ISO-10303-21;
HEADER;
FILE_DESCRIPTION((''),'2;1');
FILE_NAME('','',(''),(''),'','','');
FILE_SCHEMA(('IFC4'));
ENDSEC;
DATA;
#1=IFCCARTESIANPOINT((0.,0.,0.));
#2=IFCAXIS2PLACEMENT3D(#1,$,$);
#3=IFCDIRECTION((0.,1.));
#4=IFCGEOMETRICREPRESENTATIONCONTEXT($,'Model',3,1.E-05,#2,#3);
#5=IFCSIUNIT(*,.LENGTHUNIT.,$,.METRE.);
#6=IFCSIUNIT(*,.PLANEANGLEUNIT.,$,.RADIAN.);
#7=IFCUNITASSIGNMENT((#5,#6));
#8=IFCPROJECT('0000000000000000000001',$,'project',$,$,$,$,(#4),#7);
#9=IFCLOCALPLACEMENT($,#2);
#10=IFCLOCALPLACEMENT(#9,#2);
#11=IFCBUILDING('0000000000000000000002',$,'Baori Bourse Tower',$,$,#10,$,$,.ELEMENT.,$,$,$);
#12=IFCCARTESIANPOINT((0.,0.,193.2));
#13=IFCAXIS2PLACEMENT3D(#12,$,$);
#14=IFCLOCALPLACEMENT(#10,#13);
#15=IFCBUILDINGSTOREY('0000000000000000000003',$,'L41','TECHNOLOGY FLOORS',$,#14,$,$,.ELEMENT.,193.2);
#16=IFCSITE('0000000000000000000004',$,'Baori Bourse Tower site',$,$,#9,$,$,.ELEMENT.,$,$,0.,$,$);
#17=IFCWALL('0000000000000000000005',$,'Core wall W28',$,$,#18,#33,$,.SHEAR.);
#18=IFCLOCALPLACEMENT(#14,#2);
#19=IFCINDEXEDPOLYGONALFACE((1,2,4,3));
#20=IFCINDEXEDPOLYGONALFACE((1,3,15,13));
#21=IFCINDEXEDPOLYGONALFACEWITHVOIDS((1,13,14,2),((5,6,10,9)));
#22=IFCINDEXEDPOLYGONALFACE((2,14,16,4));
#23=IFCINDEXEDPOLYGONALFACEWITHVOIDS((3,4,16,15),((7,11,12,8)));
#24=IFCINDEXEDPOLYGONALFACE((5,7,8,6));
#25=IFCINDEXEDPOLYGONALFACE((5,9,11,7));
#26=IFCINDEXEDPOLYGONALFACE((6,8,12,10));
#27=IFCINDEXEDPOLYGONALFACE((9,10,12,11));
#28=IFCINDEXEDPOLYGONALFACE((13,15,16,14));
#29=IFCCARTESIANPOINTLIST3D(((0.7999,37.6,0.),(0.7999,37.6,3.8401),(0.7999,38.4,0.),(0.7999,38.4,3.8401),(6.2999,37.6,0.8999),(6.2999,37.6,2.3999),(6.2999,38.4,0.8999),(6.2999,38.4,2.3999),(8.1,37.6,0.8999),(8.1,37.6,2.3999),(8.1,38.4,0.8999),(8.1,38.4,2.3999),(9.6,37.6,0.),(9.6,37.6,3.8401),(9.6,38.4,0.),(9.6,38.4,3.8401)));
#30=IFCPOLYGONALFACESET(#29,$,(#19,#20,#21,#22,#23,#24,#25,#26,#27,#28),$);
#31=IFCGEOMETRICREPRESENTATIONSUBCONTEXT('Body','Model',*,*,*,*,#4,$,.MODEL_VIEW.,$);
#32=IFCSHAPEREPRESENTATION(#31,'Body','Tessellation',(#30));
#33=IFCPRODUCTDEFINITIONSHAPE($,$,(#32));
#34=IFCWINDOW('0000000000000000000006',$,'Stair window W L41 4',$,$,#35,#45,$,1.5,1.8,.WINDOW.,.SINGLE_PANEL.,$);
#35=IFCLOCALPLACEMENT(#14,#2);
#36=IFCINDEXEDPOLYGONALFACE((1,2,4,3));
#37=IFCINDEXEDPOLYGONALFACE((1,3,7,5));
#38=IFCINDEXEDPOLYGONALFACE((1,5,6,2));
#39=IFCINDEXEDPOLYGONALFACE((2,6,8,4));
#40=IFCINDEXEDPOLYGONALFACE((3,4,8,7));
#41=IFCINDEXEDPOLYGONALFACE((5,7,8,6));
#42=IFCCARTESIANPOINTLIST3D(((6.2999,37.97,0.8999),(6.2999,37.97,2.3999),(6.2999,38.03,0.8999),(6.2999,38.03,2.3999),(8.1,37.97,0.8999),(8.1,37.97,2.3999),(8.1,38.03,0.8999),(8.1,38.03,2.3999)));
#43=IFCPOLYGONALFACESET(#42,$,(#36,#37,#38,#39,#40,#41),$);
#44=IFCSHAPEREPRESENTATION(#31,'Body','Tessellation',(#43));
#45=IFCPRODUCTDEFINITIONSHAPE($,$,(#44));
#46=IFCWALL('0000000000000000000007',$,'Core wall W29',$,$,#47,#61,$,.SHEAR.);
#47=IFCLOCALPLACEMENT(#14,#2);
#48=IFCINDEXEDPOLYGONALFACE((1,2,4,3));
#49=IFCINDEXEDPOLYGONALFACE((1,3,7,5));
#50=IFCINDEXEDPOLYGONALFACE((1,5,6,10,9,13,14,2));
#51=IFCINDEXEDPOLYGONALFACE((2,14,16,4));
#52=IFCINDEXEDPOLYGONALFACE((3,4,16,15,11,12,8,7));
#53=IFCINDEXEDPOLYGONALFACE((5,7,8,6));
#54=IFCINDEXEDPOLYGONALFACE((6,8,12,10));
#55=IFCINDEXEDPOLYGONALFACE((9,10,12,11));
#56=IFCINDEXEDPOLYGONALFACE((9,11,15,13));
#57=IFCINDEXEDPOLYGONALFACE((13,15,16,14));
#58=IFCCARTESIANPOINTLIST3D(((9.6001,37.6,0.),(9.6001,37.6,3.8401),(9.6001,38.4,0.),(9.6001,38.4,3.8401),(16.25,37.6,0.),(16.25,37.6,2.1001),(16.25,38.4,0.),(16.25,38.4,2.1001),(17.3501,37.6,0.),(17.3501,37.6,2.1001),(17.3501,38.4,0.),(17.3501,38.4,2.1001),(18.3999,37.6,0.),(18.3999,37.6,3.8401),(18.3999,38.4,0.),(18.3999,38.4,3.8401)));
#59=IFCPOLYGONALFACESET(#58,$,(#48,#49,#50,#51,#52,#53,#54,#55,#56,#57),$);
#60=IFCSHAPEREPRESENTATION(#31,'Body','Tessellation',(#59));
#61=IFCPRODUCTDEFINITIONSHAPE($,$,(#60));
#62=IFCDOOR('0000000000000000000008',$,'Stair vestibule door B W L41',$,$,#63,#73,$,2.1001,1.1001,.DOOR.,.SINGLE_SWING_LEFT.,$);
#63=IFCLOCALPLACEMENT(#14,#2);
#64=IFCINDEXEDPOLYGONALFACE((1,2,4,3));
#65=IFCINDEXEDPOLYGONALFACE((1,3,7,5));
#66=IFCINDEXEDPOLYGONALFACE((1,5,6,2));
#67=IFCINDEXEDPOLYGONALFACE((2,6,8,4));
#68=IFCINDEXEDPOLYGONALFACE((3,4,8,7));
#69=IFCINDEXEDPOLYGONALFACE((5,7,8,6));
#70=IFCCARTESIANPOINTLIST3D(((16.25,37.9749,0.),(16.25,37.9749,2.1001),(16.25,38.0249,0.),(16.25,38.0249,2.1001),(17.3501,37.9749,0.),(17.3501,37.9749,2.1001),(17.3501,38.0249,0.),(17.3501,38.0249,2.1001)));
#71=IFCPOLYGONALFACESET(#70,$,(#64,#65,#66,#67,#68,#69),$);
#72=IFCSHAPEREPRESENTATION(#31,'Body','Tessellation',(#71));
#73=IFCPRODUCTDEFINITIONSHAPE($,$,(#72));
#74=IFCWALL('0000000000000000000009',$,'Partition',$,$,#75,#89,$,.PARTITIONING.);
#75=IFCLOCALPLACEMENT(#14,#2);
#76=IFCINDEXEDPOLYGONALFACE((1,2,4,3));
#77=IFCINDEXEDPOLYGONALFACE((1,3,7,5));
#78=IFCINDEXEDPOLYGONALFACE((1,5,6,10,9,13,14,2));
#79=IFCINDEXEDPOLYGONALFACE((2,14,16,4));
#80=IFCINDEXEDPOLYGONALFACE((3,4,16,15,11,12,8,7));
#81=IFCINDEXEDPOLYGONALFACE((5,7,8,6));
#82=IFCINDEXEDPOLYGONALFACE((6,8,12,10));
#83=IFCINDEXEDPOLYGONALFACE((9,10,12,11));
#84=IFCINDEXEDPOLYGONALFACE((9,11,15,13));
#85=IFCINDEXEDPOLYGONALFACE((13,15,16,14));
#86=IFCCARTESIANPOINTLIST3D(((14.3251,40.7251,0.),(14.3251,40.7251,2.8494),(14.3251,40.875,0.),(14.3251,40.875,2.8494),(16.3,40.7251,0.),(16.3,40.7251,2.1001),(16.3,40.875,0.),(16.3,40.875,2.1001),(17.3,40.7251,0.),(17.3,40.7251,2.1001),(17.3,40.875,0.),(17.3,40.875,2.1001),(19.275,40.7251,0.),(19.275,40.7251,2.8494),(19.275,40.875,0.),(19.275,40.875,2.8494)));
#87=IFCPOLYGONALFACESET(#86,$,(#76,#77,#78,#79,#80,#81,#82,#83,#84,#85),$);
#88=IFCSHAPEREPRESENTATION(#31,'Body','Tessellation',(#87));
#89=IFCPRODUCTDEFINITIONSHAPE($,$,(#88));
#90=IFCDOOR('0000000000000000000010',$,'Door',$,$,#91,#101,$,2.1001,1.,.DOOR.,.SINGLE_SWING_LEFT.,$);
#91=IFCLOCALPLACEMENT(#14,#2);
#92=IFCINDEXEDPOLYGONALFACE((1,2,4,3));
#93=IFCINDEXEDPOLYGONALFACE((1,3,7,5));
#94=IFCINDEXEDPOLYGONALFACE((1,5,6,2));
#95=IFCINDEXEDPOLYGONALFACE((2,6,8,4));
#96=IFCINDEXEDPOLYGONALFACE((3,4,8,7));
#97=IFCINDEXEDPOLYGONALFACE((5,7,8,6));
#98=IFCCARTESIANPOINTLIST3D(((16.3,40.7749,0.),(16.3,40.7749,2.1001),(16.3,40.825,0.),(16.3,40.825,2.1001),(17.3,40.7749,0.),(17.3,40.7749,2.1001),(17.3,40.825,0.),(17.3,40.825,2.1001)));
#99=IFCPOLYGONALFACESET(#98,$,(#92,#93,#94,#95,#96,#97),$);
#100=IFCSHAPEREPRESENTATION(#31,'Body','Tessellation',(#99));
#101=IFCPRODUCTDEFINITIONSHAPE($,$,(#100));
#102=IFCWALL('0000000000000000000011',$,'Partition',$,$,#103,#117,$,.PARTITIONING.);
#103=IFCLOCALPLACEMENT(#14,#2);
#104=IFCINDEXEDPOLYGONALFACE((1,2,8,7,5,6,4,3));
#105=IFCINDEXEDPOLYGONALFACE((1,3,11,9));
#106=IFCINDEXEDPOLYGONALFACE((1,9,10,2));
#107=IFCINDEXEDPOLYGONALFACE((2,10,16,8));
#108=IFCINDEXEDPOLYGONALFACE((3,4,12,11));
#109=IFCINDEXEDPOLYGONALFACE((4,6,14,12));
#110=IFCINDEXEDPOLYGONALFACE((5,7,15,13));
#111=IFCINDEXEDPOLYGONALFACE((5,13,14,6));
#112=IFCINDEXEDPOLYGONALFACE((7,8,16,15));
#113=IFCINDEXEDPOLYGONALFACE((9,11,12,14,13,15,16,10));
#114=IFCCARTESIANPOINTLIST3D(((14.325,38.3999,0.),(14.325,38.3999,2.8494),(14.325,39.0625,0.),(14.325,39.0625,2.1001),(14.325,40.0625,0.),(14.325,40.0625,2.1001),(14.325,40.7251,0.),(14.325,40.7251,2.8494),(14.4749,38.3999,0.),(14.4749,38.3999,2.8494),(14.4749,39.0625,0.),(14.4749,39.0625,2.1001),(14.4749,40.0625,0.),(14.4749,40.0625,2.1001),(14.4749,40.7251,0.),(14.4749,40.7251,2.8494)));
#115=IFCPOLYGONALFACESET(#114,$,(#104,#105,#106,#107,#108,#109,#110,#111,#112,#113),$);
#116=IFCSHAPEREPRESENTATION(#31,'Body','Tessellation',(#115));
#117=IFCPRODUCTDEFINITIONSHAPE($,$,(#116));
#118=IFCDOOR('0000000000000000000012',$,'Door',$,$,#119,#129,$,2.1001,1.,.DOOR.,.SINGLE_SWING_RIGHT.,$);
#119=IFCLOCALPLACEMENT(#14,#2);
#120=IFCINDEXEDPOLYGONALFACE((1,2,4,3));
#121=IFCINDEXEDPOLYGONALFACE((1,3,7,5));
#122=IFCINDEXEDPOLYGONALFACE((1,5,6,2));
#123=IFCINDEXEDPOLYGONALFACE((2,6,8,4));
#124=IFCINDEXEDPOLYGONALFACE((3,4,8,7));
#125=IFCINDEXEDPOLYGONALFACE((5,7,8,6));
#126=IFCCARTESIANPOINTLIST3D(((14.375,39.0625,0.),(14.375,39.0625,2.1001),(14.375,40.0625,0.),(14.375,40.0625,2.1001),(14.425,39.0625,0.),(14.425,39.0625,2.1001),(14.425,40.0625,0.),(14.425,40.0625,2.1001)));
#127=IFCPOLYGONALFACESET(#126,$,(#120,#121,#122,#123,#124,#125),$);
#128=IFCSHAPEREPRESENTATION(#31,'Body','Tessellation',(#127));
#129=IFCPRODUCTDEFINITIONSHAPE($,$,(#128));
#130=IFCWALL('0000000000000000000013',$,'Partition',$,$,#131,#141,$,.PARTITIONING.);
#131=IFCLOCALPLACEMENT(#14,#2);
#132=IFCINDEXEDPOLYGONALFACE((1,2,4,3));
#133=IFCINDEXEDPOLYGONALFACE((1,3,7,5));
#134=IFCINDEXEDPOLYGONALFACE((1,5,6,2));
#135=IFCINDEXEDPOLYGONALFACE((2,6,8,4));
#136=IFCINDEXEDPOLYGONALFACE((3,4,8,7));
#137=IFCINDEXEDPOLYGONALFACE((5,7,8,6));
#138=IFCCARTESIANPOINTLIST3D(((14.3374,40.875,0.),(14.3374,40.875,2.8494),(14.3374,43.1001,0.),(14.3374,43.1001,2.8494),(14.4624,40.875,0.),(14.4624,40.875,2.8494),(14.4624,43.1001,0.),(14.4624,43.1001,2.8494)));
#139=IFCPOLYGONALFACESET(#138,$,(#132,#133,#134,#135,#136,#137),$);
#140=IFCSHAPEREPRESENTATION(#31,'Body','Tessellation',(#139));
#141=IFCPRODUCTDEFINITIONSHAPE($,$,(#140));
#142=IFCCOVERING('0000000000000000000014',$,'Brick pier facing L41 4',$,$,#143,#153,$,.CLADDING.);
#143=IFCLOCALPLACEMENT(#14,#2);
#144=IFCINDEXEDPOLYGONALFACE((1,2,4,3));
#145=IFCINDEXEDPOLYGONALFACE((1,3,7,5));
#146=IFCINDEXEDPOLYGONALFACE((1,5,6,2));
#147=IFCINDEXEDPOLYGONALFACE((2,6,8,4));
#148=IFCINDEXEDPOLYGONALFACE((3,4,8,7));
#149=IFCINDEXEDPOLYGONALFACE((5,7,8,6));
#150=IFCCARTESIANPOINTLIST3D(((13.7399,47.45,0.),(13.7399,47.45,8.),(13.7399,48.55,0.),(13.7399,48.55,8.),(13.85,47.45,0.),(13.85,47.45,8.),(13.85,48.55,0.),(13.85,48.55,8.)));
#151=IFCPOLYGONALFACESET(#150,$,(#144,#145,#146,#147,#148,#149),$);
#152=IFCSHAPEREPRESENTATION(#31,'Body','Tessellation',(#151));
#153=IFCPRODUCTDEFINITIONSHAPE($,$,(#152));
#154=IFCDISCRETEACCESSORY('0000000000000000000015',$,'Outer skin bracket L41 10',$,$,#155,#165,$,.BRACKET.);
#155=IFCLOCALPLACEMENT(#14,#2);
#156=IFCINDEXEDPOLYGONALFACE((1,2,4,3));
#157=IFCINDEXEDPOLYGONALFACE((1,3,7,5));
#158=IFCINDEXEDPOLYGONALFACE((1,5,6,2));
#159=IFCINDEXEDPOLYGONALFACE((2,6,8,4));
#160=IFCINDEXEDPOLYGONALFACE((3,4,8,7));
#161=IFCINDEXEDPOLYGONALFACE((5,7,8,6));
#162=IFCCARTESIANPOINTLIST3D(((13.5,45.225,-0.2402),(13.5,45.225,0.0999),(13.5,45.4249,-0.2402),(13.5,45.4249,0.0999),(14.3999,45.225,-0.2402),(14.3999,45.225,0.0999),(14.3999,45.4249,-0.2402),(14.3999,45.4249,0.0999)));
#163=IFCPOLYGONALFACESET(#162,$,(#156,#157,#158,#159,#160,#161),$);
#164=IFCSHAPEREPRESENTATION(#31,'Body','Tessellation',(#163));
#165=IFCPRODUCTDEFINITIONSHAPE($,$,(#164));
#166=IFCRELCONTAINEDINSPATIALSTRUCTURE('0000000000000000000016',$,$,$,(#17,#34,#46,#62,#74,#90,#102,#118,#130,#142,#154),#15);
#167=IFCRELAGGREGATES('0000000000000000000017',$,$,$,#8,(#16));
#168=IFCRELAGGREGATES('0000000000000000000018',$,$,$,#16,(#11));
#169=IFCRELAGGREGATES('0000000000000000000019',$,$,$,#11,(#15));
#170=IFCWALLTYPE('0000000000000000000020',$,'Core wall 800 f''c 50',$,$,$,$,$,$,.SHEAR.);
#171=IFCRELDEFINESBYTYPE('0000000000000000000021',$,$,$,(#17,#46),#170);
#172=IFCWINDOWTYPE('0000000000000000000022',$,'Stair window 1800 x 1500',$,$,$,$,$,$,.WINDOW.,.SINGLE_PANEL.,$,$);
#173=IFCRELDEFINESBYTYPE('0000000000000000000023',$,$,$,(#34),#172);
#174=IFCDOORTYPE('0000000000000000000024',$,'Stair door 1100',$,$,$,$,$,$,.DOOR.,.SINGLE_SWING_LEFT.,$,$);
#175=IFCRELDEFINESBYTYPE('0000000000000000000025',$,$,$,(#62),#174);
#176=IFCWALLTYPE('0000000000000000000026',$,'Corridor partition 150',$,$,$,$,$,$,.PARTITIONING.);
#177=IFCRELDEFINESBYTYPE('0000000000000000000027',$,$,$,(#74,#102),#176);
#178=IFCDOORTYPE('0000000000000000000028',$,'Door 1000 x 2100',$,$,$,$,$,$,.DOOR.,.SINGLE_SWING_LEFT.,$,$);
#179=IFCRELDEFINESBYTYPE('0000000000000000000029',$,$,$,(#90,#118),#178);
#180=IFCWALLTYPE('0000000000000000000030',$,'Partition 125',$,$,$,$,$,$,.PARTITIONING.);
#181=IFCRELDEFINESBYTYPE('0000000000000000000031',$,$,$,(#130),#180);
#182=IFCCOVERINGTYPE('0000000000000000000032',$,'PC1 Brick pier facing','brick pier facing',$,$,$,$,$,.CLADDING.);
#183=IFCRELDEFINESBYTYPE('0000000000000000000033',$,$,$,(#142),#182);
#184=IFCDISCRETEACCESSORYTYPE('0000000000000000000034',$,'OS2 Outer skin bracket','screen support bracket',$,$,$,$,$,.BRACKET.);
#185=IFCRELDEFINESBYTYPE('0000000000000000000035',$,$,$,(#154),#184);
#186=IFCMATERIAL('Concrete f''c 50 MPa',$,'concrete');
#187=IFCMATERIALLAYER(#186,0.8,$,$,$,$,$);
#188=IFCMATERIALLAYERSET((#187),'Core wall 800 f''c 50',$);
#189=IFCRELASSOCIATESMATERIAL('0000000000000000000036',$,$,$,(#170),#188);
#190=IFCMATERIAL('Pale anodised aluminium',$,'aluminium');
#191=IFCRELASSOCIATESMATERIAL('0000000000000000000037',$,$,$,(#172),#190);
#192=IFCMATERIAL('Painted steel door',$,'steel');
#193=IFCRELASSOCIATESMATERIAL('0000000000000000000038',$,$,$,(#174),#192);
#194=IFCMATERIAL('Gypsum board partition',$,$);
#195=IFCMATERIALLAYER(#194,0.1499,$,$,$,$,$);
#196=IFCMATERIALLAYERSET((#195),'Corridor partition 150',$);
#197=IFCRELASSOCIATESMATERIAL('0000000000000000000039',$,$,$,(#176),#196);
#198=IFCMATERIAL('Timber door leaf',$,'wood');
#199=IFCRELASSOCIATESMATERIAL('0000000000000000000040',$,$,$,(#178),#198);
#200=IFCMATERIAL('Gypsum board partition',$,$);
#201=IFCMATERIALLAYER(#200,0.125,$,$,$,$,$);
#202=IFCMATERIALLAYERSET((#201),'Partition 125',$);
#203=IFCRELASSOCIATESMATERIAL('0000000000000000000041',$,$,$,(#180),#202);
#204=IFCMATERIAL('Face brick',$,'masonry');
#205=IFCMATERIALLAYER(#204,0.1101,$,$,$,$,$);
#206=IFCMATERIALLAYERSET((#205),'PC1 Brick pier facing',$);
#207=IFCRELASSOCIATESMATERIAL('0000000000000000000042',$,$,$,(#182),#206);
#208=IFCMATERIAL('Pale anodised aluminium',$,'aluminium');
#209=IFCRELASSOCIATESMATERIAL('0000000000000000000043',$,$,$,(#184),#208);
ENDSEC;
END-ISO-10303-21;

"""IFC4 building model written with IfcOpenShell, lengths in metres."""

from ifc_helpers import new_model, si_unit, direction, frame, frame_2d, origin, origin_2d, place, context, subcontext, project, spatial, rectangle, extrude, material, layer, layer_set, type_object, element, fill, save


model = new_model("IFC4")

# Units and contexts
model_context = context("Model", 3, precision=1e-05, world=origin(), true_north=direction((0.0, 1.0)))
body_context = subcontext(model_context, "Body", "Model", "MODEL_VIEW")
ifc_project = project(units=[si_unit("LENGTHUNIT", "METRE"), si_unit("PLANEANGLEUNIT", "RADIAN")], contexts=[model_context])

# Site, building, storey
site_placement = place(None, origin())
site = spatial("IfcSite", under=ifc_project, at=site_placement, Name="Baori Bourse Tower site", CompositionType="ELEMENT", RefElevation=0.0)
building_placement = place(site_placement, origin())
building = spatial("IfcBuilding", under=site, at=building_placement, Name="Baori Bourse Tower", CompositionType="ELEMENT")
storey_placement = place(building_placement, frame((0.0, 0.0, 193.2)))
storey = spatial("IfcBuildingStorey", under=building, at=storey_placement, Name="L41", Description="TECHNOLOGY FLOORS", CompositionType="ELEMENT", Elevation=193.2)

# Wall, opening, window
ifc_material_1 = material(Name="Concrete f'c 50 MPa", Category="concrete")
ifc_layer_1 = layer(ifc_material_1, 0.8)
ifc_layer_set_1 = layer_set([ifc_layer_1], Name="Core wall 800 f'c 50")
wall_type_1 = type_object("IfcWallType", Name="Core wall 800 f'c 50", PredefinedType="SHEAR", material=ifc_layer_set_1)
wall_1_placement = place(storey_placement, frame((0.8, 38.0, 0.0), z_axis=(0.0, 0.0, 1.0), x_axis=(1.0, 0.0, 0.0)))
wall_1 = element("IfcWall", 1, at=wall_1_placement, inside=storey, type_object=wall_type_1, Name="Core wall W28", PredefinedType="SHEAR", context=body_context, shape_type="SweptSolid", body=[
    extrude(rectangle(XDim=8.8, YDim=0.8, at=frame_2d((4.3999, 0.0))), origin(), (0.0, 0.0, 1.0), 3.8401),
])
opening_1_placement = place(wall_1_placement, frame((5.5, 0.0, 0.8999)))
opening_1 = element("IfcOpeningElement", 2, at=opening_1_placement, cuts=wall_1, PredefinedType="OPENING", context=body_context, shape_type="SweptSolid", body=[
    extrude(rectangle(XDim=1.8, YDim=1.5, at=frame_2d((0.8999, 0.75))), frame((0.0, 0.4099, 0.0), z_axis=(0.0, -1.0, 0.0), x_axis=(1.0, 0.0, 0.0)), (0.0, 0.0, 1.0), 0.8201),
])
ifc_material_2 = material(Name="Pale anodised aluminium", Category="aluminium")
window_type = type_object("IfcWindowType", Name="Stair window 1800 x 1500", PartitioningType="SINGLE_PANEL", PredefinedType="WINDOW", material=ifc_material_2)
window_placement = place(opening_1_placement, origin())
window = element("IfcWindow", 3, at=window_placement, inside=storey, type_object=window_type, Name="Stair window W L41 4", OverallHeight=1.5, OverallWidth=1.8, PartitioningType="SINGLE_PANEL", PredefinedType="WINDOW", context=body_context, shape_type="SweptSolid", body=[
    extrude(rectangle(XDim=1.8, YDim=1.5, at=frame_2d((0.8999, 0.75))), frame((0.0, 0.03, 0.0), z_axis=(0.0, -1.0, 0.0), x_axis=(1.0, 0.0, 0.0)), (0.0, 0.0, 1.0), 0.0601),
])
fill(opening_1, window)

# Walls, openings, doors
wall_2_placement = place(storey_placement, frame((9.6001, 38.0, 0.0), z_axis=(0.0, 0.0, 1.0), x_axis=(1.0, 0.0, 0.0)))
wall_2 = element("IfcWall", 4, at=wall_2_placement, inside=storey, type_object=wall_type_1, Name="Core wall W29", PredefinedType="SHEAR", context=body_context, shape_type="SweptSolid", body=[
    extrude(rectangle(XDim=8.7998, YDim=0.8, at=frame_2d((4.3999, 0.0))), origin(), (0.0, 0.0, 1.0), 3.8401),
])
opening_2_placement = place(wall_2_placement, frame((6.6499, 0.0, 0.0)))
opening_2 = element("IfcOpeningElement", 5, at=opening_2_placement, cuts=wall_2, PredefinedType="OPENING", context=body_context, shape_type="SweptSolid", body=[
    extrude(rectangle(XDim=1.1001, YDim=2.1001, at=frame_2d((0.55, 1.05))), frame((0.0, 0.4099, 0.0), z_axis=(0.0, -1.0, 0.0), x_axis=(1.0, 0.0, 0.0)), (0.0, 0.0, 1.0), 0.8201),
])
ifc_material_3 = material(Name="Painted steel door", Category="steel")
door_type_1 = type_object("IfcDoorType", Name="Stair door 1100", OperationType="SINGLE_SWING_LEFT", PredefinedType="DOOR", material=ifc_material_3)
door_1_placement = place(opening_2_placement, origin())
door_1 = element("IfcDoor", 6, at=door_1_placement, inside=storey, type_object=door_type_1, Name="Stair vestibule door B W L41", OperationType="SINGLE_SWING_LEFT", OverallHeight=2.1001, OverallWidth=1.1001, PredefinedType="DOOR", context=body_context, shape_type="SweptSolid", body=[
    extrude(rectangle(XDim=1.1001, YDim=2.1001, at=frame_2d((0.55, 1.05))), frame((0.0, 0.0249, 0.0), z_axis=(0.0, -1.0, 0.0), x_axis=(1.0, 0.0, 0.0)), (0.0, 0.0, 1.0), 0.05),
])
fill(opening_2, door_1)
ifc_material_4 = material(Name="Gypsum board partition")
ifc_layer_2 = layer(ifc_material_4, 0.1499)
ifc_layer_set_2 = layer_set([ifc_layer_2], Name="Corridor partition 150")
wall_type_2 = type_object("IfcWallType", Name="Corridor partition 150", PredefinedType="PARTITIONING", material=ifc_layer_set_2)
wall_3_placement = place(storey_placement, frame((14.325, 40.8, 0.0), z_axis=(0.0, 0.0, 1.0), x_axis=(1.0, 0.0, 0.0)))
wall_3 = element("IfcWall", 7, at=wall_3_placement, inside=storey, type_object=wall_type_2, Name="Partition", PredefinedType="PARTITIONING", context=body_context, shape_type="SweptSolid", body=[
    extrude(rectangle(XDim=4.95, YDim=0.1499, at=frame_2d((2.4751, 0.0))), origin(), (0.0, 0.0, 1.0), 2.8494),
])
opening_3_placement = place(wall_3_placement, frame((1.9751, 0.0, 0.0)))
opening_3 = element("IfcOpeningElement", 8, at=opening_3_placement, cuts=wall_3, PredefinedType="OPENING", context=body_context, shape_type="SweptSolid", body=[
    extrude(rectangle(XDim=1.0, YDim=2.1001, at=frame_2d((0.5, 1.05))), frame((0.0, 0.085, 0.0), z_axis=(0.0, -1.0, 0.0), x_axis=(1.0, 0.0, 0.0)), (0.0, 0.0, 1.0), 0.1699),
])
ifc_material_5 = material(Name="Timber door leaf", Category="wood")
door_type_2 = type_object("IfcDoorType", Name="Door 1000 x 2100", OperationType="SINGLE_SWING_LEFT", PredefinedType="DOOR", material=ifc_material_5)
door_2_placement = place(opening_3_placement, origin())
door_2 = element("IfcDoor", 9, at=door_2_placement, inside=storey, type_object=door_type_2, Name="Door", OperationType="SINGLE_SWING_LEFT", OverallHeight=2.1001, OverallWidth=1.0, PredefinedType="DOOR", context=body_context, shape_type="SweptSolid", body=[
    extrude(rectangle(XDim=1.0, YDim=2.1001, at=frame_2d((0.5, 1.05))), frame((0.0, 0.0249, 0.0), z_axis=(0.0, -1.0, 0.0), x_axis=(1.0, 0.0, 0.0)), (0.0, 0.0, 1.0), 0.05),
])
fill(opening_3, door_2)
wall_4_placement = place(storey_placement, frame((14.3999, 38.3999, 0.0), z_axis=(0.0, 0.0, 1.0), x_axis=(0.0, 1.0, 0.0)))
wall_4 = element("IfcWall", 10, at=wall_4_placement, inside=storey, type_object=wall_type_2, Name="Partition", PredefinedType="PARTITIONING", context=body_context, shape_type="SweptSolid", body=[
    extrude(rectangle(XDim=2.3252, YDim=0.1499, at=frame_2d((1.1626, 0.0))), origin(), (0.0, 0.0, 1.0), 2.8494),
])
opening_4_placement = place(wall_4_placement, frame((0.6626, 0.0, 0.0)))
opening_4 = element("IfcOpeningElement", 11, at=opening_4_placement, cuts=wall_4, PredefinedType="OPENING", context=body_context, shape_type="SweptSolid", body=[
    extrude(rectangle(XDim=1.0, YDim=2.1001, at=frame_2d((0.5, 1.05))), frame((0.0, 0.085, 0.0), z_axis=(0.0, -1.0, 0.0), x_axis=(1.0, 0.0, 0.0)), (0.0, 0.0, 1.0), 0.1699),
])
door_3_placement = place(opening_4_placement, origin())
door_3 = element("IfcDoor", 12, at=door_3_placement, inside=storey, type_object=door_type_2, Name="Door", OperationType="SINGLE_SWING_RIGHT", OverallHeight=2.1001, OverallWidth=1.0, PredefinedType="DOOR", context=body_context, shape_type="SweptSolid", body=[
    extrude(rectangle(XDim=1.0, YDim=2.1001, at=frame_2d((0.5, 1.05))), frame((0.0, 0.0249, 0.0), z_axis=(0.0, -1.0, 0.0), x_axis=(1.0, 0.0, 0.0)), (0.0, 0.0, 1.0), 0.05),
])
fill(opening_4, door_3)

# Wall
ifc_material_6 = material(Name="Gypsum board partition")
ifc_layer_3 = layer(ifc_material_6, 0.125)
ifc_layer_set_3 = layer_set([ifc_layer_3], Name="Partition 125")
wall_type_3 = type_object("IfcWallType", Name="Partition 125", PredefinedType="PARTITIONING", material=ifc_layer_set_3)
wall_5_placement = place(storey_placement, frame((14.3999, 40.875, 0.0), z_axis=(0.0, 0.0, 1.0), x_axis=(0.0, 1.0, 0.0)))
element("IfcWall", 13, at=wall_5_placement, inside=storey, type_object=wall_type_3, Name="Partition", PredefinedType="PARTITIONING", context=body_context, shape_type="SweptSolid", body=[
    extrude(rectangle(XDim=2.2251, YDim=0.125, at=frame_2d((1.1125, 0.0))), origin(), (0.0, 0.0, 1.0), 2.8494),
])

# Covering
ifc_material_7 = material(Name="Face brick", Category="masonry")
ifc_layer_4 = layer(ifc_material_7, 0.1101)
ifc_layer_set_4 = layer_set([ifc_layer_4], Name="PC1 Brick pier facing")
covering_type = type_object("IfcCoveringType", Name="PC1 Brick pier facing", Description="brick pier facing", PredefinedType="CLADDING", material=ifc_layer_set_4)
covering_placement = place(storey_placement, frame((13.7949, 48.0, 0.0), z_axis=(0.0, 0.0, 1.0), x_axis=(1.0, 0.0, 0.0)))
element("IfcCovering", 14, at=covering_placement, inside=storey, type_object=covering_type, Name="Brick pier facing L41 4", PredefinedType="CLADDING", context=body_context, shape_type="SweptSolid", body=[
    extrude(rectangle(XDim=0.1101, YDim=1.1001, at=origin_2d()), origin(), (0.0, 0.0, 1.0), 8.0),
])

# Discrete accessory
ifc_material_8 = material(Name="Pale anodised aluminium", Category="aluminium")
discrete_accessory_type = type_object("IfcDiscreteAccessoryType", Name="OS2 Outer skin bracket", Description="screen support bracket", PredefinedType="BRACKET", material=ifc_material_8)
for number, where, z_axis, x_axis, name in (
    (15, (13.95, 45.325, -0.2402), (0.0, 0.0, 1.0), (0.0, -1.0, 0.0), "Outer skin bracket L41 10"),
):
    element("IfcDiscreteAccessory", number, at=place(storey_placement, frame(where, z_axis=z_axis, x_axis=x_axis)), inside=storey, type_object=discrete_accessory_type, Name=name, PredefinedType="BRACKET", context=body_context, shape_type="SweptSolid", body=[
        extrude(rectangle(XDim=0.2, YDim=0.8999, at=origin_2d()), origin(), (0.0, 0.0, 1.0), 0.3401),
    ])

save(model, "model.ifc")
